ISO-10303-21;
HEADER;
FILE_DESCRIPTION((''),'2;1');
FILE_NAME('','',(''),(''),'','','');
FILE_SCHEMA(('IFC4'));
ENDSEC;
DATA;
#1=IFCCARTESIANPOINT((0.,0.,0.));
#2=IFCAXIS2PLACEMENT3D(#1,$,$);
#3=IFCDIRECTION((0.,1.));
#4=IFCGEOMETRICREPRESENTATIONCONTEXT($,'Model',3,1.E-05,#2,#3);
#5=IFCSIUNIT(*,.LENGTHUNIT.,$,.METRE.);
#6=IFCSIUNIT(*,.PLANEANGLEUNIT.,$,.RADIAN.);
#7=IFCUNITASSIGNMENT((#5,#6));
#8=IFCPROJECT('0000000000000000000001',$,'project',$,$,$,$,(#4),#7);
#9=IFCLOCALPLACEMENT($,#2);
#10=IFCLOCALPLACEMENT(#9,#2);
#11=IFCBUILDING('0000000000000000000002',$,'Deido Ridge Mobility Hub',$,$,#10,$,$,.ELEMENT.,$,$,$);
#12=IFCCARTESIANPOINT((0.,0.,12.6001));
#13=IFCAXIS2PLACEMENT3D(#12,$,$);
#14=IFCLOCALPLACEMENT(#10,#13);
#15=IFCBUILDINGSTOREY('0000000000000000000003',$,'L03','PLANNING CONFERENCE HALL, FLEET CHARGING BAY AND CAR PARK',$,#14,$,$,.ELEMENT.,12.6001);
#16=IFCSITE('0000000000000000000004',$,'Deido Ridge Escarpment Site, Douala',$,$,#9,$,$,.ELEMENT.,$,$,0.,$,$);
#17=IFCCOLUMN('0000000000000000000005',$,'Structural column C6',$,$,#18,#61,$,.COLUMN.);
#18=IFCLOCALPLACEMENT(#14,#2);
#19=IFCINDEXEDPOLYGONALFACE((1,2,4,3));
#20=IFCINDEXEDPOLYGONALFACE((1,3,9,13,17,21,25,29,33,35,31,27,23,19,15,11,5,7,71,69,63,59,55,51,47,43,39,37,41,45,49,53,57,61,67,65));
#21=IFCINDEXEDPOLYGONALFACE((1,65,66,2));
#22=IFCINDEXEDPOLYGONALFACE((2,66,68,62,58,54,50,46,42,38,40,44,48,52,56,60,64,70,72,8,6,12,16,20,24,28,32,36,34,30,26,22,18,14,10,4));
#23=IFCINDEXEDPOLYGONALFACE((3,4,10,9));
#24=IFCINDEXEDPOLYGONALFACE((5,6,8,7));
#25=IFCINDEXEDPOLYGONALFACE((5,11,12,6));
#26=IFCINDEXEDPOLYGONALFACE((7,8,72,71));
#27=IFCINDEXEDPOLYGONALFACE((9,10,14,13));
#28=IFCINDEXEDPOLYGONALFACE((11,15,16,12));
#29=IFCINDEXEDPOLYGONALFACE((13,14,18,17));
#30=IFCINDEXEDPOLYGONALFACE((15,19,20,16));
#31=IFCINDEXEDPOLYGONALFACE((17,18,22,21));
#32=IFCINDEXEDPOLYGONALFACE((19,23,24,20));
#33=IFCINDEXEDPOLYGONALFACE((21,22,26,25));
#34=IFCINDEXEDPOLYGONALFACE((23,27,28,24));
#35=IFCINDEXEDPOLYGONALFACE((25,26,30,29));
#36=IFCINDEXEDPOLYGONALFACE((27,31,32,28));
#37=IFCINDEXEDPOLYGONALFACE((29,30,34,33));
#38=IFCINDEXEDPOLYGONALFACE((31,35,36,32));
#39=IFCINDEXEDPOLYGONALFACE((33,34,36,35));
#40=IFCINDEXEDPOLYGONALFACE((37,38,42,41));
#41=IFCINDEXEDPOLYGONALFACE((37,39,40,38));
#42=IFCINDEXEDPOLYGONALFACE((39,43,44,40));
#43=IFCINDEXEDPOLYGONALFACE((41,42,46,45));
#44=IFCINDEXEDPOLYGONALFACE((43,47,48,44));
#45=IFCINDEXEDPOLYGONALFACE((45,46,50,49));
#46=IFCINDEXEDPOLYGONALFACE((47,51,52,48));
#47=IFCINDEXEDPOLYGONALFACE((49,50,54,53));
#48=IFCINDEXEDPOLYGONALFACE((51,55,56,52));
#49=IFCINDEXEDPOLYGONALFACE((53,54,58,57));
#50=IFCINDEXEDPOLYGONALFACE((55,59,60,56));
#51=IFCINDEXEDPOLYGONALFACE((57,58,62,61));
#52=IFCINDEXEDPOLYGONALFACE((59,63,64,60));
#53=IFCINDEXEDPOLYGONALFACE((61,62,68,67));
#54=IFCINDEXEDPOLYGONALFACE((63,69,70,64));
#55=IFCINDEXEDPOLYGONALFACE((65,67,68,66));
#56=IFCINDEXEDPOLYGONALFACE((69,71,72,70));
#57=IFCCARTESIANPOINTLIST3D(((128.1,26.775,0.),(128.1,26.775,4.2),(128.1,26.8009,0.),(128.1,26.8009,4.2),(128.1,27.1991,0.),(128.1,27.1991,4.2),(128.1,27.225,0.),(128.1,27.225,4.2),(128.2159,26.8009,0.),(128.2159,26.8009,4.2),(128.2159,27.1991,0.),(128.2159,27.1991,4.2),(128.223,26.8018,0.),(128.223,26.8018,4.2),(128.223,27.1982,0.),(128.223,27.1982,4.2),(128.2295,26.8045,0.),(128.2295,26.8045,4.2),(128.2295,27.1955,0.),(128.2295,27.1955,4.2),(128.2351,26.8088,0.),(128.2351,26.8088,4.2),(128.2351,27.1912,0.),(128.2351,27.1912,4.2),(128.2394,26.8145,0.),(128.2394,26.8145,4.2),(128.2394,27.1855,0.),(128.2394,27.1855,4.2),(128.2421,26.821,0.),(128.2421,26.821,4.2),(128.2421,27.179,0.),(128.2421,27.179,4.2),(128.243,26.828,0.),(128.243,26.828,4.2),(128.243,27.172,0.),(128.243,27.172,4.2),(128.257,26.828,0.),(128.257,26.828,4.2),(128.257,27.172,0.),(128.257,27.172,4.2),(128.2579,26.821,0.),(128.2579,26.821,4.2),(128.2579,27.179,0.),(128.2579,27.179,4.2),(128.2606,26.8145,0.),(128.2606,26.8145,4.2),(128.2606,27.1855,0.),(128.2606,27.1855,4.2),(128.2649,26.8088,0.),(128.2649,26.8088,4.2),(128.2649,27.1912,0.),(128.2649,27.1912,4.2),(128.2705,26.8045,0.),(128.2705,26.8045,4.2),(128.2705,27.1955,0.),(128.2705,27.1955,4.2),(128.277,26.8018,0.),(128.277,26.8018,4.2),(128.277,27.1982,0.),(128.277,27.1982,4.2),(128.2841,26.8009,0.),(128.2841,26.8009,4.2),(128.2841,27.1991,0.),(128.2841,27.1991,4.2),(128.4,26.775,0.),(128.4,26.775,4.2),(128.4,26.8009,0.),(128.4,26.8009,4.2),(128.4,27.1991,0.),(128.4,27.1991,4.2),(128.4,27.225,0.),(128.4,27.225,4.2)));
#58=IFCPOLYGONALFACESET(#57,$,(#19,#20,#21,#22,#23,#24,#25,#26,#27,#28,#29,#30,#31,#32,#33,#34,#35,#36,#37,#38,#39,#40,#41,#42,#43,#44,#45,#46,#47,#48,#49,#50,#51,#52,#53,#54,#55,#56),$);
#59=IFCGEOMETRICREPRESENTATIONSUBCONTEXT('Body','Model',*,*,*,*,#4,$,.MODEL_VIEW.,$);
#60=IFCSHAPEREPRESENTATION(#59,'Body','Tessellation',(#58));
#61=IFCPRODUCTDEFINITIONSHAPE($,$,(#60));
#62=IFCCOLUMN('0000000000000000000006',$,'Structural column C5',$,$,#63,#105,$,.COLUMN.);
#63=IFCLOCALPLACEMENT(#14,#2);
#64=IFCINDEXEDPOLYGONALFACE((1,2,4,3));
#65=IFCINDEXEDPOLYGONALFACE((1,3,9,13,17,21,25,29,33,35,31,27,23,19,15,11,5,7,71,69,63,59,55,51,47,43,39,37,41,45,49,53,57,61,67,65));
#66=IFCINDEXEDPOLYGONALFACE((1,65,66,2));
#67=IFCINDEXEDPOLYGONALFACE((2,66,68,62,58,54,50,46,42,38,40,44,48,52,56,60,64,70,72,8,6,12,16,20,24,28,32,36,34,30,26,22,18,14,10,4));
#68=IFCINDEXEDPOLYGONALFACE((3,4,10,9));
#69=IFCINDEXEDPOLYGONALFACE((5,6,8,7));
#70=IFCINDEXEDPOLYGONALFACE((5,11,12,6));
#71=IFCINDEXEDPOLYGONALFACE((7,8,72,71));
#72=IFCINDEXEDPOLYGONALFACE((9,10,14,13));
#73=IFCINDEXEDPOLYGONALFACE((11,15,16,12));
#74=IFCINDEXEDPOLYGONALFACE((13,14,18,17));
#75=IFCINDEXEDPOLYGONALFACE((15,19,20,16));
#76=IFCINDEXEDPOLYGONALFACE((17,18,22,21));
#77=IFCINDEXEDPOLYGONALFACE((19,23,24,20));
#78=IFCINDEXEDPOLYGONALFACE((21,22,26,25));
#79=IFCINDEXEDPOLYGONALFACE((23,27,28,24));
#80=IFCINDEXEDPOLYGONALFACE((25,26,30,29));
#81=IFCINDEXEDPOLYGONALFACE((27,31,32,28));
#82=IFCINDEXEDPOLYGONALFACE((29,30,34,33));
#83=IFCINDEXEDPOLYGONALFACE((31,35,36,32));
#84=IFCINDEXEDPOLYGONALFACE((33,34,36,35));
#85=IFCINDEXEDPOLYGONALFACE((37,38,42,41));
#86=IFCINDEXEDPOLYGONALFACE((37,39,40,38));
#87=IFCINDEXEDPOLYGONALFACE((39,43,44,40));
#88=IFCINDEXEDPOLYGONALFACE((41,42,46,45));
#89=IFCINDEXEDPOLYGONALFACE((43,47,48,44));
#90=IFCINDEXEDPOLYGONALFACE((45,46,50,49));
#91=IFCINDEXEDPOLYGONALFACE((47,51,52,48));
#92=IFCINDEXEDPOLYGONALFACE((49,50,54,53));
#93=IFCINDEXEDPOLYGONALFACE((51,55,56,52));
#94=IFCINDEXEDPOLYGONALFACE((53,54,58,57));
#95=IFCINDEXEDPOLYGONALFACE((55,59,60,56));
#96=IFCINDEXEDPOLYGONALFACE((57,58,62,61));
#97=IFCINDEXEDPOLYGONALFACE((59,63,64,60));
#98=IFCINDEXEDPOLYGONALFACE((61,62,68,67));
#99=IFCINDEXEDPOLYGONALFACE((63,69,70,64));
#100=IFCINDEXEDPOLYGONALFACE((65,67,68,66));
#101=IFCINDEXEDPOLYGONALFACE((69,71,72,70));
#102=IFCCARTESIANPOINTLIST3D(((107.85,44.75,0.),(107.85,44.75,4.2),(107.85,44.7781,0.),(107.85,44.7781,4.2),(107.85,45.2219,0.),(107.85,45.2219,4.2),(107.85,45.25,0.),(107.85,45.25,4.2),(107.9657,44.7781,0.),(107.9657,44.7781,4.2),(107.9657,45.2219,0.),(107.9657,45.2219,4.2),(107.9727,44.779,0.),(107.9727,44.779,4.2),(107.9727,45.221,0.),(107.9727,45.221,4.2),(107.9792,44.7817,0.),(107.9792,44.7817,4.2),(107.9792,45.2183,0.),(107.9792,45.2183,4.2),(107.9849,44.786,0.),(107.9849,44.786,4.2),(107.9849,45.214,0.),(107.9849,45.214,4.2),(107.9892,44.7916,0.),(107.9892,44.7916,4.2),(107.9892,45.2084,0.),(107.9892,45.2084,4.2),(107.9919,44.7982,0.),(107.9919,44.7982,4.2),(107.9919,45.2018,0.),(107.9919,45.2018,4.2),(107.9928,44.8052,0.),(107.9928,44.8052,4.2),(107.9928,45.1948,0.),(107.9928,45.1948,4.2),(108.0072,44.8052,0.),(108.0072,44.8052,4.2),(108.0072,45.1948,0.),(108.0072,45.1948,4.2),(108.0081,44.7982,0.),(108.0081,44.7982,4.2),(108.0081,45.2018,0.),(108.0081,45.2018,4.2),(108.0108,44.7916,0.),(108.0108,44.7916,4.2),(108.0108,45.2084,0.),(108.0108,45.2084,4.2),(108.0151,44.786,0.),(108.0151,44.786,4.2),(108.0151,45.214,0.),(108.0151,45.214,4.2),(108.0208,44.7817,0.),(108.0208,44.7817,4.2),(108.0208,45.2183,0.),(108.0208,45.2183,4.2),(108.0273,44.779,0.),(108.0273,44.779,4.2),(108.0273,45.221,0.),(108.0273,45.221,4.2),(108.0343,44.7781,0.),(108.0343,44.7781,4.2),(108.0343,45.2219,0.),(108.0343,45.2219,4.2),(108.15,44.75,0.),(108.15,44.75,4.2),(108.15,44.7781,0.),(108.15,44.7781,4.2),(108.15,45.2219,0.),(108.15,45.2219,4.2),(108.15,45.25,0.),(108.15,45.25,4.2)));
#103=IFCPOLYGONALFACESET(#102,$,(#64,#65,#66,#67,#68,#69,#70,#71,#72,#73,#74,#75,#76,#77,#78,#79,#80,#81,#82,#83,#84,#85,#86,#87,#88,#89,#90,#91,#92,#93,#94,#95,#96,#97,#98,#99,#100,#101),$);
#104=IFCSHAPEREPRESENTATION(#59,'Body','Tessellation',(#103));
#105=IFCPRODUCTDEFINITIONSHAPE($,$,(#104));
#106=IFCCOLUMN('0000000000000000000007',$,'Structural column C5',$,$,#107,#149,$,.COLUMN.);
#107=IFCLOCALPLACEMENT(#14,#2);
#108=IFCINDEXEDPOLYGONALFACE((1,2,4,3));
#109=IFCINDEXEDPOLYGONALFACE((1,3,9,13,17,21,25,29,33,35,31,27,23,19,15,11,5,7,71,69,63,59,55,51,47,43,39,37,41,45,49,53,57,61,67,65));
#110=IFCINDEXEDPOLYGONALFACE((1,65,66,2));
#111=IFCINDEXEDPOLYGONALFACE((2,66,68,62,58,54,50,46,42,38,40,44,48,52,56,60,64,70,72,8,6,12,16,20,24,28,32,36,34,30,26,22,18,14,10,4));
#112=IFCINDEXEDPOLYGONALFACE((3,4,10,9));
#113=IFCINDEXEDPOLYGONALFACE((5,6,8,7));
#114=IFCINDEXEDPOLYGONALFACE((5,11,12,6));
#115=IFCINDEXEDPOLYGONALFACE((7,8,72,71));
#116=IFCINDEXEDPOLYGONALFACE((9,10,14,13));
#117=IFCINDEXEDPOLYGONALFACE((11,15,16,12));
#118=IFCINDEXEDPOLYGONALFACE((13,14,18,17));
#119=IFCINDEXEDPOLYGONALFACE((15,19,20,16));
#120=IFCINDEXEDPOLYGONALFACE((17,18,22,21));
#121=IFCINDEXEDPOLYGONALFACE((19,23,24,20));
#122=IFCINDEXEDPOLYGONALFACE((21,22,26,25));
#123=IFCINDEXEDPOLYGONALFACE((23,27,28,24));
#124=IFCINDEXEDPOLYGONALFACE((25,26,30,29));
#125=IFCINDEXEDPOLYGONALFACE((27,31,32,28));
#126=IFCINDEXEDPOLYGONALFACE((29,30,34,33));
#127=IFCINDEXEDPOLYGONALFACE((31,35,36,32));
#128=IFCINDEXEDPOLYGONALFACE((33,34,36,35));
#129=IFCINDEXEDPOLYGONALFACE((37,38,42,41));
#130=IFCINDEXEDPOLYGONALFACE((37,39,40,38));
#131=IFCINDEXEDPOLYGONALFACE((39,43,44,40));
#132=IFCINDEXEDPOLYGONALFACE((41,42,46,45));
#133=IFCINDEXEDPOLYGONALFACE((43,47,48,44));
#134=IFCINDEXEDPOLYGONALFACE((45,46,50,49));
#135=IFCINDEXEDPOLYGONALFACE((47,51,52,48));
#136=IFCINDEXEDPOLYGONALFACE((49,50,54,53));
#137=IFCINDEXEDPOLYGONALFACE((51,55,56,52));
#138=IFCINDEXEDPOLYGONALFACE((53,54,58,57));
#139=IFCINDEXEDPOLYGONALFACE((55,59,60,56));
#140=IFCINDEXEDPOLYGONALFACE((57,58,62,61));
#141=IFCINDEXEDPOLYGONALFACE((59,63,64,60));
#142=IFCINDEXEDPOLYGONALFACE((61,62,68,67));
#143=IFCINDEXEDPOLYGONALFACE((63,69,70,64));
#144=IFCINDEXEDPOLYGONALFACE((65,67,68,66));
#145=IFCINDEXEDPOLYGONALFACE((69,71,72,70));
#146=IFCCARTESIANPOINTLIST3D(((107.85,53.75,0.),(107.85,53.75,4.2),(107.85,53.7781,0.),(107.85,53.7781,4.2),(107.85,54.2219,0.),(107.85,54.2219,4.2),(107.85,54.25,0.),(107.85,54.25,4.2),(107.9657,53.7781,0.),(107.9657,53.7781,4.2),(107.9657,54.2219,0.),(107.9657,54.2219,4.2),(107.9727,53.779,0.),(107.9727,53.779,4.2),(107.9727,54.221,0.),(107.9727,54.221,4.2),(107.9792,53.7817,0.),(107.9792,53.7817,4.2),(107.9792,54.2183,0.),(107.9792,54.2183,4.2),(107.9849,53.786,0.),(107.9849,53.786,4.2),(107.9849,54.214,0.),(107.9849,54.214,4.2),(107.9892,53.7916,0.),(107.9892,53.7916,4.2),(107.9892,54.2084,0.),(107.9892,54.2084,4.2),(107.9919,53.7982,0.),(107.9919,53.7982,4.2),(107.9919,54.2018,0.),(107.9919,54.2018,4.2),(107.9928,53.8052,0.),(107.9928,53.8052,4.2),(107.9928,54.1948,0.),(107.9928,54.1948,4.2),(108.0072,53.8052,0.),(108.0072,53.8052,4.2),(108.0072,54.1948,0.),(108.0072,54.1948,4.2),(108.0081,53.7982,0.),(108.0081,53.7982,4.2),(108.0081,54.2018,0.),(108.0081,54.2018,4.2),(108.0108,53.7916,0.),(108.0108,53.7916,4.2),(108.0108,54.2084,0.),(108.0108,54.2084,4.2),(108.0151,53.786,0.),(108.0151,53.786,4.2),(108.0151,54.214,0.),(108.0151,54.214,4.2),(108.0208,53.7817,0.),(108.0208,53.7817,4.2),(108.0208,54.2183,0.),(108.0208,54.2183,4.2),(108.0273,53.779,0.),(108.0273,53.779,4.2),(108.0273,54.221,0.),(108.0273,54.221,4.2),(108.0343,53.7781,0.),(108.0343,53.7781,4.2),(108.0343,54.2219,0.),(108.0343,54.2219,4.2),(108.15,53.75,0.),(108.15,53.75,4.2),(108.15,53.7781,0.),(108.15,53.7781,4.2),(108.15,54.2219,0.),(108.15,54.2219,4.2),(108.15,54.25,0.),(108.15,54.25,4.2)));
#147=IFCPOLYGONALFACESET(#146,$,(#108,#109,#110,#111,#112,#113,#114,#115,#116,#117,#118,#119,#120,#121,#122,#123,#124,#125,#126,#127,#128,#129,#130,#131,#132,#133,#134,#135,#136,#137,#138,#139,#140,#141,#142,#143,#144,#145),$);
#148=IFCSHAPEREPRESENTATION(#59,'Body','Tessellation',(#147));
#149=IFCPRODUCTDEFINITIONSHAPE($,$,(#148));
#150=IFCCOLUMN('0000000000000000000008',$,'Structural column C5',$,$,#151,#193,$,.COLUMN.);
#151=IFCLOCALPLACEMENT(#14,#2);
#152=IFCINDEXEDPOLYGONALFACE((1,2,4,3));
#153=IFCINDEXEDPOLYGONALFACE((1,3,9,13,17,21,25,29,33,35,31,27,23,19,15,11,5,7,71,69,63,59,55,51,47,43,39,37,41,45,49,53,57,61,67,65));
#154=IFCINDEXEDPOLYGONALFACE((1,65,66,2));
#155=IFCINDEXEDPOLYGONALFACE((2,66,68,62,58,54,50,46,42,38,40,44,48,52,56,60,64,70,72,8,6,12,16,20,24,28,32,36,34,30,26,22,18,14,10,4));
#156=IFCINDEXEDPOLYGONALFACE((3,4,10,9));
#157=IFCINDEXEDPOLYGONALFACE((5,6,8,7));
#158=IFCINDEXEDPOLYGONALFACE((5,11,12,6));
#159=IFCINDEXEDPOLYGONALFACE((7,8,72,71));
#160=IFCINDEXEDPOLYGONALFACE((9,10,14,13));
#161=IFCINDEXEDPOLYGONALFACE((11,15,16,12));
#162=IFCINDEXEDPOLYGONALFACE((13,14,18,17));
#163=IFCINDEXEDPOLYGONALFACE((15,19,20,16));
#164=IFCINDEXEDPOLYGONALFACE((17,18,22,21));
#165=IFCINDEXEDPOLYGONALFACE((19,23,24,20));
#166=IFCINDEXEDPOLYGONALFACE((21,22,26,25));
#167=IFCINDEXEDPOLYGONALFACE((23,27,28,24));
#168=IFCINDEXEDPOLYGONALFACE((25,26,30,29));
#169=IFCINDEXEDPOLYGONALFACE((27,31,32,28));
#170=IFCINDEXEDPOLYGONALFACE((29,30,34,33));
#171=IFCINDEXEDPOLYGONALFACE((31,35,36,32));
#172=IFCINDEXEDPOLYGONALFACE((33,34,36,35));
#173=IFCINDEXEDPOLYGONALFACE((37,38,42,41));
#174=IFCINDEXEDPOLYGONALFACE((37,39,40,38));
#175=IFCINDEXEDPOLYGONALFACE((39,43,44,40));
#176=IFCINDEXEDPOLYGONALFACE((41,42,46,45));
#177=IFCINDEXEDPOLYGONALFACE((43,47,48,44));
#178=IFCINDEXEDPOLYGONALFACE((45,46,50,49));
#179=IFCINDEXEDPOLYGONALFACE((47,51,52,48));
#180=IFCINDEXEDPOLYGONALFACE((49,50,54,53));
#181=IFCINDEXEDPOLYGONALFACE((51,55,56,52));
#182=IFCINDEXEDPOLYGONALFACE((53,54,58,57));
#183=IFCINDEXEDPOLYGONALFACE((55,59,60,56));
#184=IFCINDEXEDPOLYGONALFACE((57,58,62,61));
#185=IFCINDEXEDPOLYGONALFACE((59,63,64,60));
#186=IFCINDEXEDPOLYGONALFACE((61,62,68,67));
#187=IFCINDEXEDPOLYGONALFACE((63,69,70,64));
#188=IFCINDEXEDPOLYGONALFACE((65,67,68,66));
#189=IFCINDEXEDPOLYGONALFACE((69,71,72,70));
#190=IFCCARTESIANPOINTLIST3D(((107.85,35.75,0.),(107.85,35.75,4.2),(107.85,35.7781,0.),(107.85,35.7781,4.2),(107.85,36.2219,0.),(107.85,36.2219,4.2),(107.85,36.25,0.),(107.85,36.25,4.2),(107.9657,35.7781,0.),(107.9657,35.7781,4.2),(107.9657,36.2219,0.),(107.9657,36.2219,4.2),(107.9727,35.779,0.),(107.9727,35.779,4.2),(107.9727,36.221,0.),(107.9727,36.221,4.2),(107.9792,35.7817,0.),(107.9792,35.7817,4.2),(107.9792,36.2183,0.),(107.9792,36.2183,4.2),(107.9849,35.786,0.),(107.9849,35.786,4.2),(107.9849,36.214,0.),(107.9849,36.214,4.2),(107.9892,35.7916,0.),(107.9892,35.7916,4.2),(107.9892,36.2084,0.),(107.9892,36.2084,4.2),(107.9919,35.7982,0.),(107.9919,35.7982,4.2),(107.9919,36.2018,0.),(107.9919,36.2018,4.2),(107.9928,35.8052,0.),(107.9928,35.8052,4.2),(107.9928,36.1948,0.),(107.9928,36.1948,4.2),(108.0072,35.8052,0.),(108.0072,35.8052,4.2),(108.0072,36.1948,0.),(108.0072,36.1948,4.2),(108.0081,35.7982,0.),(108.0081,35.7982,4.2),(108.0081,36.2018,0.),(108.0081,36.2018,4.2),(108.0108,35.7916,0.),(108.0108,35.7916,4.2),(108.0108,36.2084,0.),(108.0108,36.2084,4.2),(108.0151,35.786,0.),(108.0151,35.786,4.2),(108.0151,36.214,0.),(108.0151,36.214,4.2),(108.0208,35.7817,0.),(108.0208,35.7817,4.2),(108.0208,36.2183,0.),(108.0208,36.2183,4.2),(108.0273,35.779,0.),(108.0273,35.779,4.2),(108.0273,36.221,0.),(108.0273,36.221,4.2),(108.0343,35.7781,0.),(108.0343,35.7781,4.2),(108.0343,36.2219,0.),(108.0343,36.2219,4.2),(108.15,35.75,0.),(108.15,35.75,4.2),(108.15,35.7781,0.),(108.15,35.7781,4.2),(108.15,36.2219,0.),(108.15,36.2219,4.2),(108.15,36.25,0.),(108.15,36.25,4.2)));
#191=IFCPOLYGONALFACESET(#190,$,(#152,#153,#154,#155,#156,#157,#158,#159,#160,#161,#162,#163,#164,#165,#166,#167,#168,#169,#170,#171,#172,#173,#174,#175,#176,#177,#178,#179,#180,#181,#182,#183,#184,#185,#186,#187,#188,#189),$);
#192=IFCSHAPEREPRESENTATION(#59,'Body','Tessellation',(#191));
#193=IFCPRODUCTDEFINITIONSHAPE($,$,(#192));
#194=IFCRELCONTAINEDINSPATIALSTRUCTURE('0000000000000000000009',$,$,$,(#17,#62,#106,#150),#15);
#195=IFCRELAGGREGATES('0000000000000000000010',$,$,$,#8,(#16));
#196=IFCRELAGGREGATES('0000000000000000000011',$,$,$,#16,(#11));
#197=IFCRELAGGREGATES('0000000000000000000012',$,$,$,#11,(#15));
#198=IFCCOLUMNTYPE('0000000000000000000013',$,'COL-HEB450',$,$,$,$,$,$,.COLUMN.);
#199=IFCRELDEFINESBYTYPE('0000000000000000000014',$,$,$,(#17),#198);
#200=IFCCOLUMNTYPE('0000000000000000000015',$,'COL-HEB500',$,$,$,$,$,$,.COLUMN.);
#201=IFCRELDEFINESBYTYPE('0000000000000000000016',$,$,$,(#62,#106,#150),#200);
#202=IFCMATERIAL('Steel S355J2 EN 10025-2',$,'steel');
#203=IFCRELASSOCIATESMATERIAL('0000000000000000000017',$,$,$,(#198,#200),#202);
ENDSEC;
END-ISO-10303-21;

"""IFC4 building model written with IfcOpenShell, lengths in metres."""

from ifc_helpers import new_model, si_unit, direction, frame, origin, origin_2d, place, context, subcontext, project, spatial, i_section, extrude, material, material_profile, profile_set, type_object, element, save


model = new_model("IFC4")

# Units and contexts
model_context = context("Model", 3, precision=1e-05, world=origin(), true_north=direction((0.0, 1.0)))
body_context = subcontext(model_context, "Body", "Model", "MODEL_VIEW")
ifc_project = project(units=[si_unit("LENGTHUNIT", "METRE"), si_unit("PLANEANGLEUNIT", "RADIAN")], contexts=[model_context])

# Site, building, storey
site_placement = place(None, origin())
site = spatial("IfcSite", under=ifc_project, at=site_placement, Name="Deido Ridge Escarpment Site, Douala", CompositionType="ELEMENT", RefElevation=0.0)
building_placement = place(site_placement, origin())
building = spatial("IfcBuilding", under=site, at=building_placement, Name="Deido Ridge Mobility Hub", CompositionType="ELEMENT")
storey_placement = place(building_placement, frame((0.0, 0.0, 12.6001)))
storey = spatial("IfcBuildingStorey", under=building, at=storey_placement, Name="L03", Description="PLANNING CONFERENCE HALL, FLEET CHARGING BAY AND CAR PARK", CompositionType="ELEMENT", Elevation=12.6001)

# Columns
ifc_material_1 = material(Name="Steel S355J2 EN 10025-2", Category="steel")
ifc_material_profile_1 = material_profile(ifc_material_1, i_section(OverallWidth=0.3, OverallDepth=0.45, WebThickness=0.0139, FlangeThickness=0.0259, FilletRadius=0.0271, at=origin_2d()), Name="HEB 450")
ifc_profile_set_1 = profile_set([ifc_material_profile_1], Name="Steel S355J2 EN 10025-2")
column_type_1 = type_object("IfcColumnType", Name="COL-HEB450", PredefinedType="COLUMN", material=ifc_profile_set_1)
column_placement = place(storey_placement, frame((128.25, 27.0, 0.0), z_axis=(0.0, 0.0, 1.0), x_axis=(1.0, 0.0, 0.0)))
element("IfcColumn", 1, at=column_placement, inside=storey, type_object=column_type_1, Name="Structural column C6", PredefinedType="COLUMN", context=body_context, shape_type="SweptSolid", body=[
    extrude(i_section(OverallWidth=0.3, OverallDepth=0.45, WebThickness=0.0139, FlangeThickness=0.0259, FilletRadius=0.0271, at=origin_2d()), origin(), (0.0, 0.0, 1.0), 4.2),
])
ifc_material_profile_2 = material_profile(ifc_material_1, i_section(OverallWidth=0.3, OverallDepth=0.5, WebThickness=0.0144, FlangeThickness=0.0281, FilletRadius=0.0271, at=origin_2d()), Name="HEB 500")
ifc_profile_set_2 = profile_set([ifc_material_profile_2], Name="Steel S355J2 EN 10025-2")
column_type_2 = type_object("IfcColumnType", Name="COL-HEB500", PredefinedType="COLUMN", material=ifc_profile_set_2)
for number, where, z_axis, x_axis, name in (
    (2, (108.0, 45.0, 0.0), (0.0, 0.0, 1.0), (1.0, 0.0, 0.0), "Structural column C5"),
    (3, (108.0, 54.0, 0.0), (0.0, 0.0, 1.0), (1.0, 0.0, 0.0), "Structural column C5"),
    (4, (108.0, 36.0, 0.0), (0.0, 0.0, 1.0), (1.0, 0.0, 0.0), "Structural column C5"),
):
    element("IfcColumn", number, at=place(storey_placement, frame(where, z_axis=z_axis, x_axis=x_axis)), inside=storey, type_object=column_type_2, Name=name, PredefinedType="COLUMN", context=body_context, shape_type="SweptSolid", body=[
        extrude(i_section(OverallWidth=0.3, OverallDepth=0.5, WebThickness=0.0144, FlangeThickness=0.0281, FilletRadius=0.0271, at=origin_2d()), origin(), (0.0, 0.0, 1.0), 4.2),
    ])

save(model, "model.ifc")
